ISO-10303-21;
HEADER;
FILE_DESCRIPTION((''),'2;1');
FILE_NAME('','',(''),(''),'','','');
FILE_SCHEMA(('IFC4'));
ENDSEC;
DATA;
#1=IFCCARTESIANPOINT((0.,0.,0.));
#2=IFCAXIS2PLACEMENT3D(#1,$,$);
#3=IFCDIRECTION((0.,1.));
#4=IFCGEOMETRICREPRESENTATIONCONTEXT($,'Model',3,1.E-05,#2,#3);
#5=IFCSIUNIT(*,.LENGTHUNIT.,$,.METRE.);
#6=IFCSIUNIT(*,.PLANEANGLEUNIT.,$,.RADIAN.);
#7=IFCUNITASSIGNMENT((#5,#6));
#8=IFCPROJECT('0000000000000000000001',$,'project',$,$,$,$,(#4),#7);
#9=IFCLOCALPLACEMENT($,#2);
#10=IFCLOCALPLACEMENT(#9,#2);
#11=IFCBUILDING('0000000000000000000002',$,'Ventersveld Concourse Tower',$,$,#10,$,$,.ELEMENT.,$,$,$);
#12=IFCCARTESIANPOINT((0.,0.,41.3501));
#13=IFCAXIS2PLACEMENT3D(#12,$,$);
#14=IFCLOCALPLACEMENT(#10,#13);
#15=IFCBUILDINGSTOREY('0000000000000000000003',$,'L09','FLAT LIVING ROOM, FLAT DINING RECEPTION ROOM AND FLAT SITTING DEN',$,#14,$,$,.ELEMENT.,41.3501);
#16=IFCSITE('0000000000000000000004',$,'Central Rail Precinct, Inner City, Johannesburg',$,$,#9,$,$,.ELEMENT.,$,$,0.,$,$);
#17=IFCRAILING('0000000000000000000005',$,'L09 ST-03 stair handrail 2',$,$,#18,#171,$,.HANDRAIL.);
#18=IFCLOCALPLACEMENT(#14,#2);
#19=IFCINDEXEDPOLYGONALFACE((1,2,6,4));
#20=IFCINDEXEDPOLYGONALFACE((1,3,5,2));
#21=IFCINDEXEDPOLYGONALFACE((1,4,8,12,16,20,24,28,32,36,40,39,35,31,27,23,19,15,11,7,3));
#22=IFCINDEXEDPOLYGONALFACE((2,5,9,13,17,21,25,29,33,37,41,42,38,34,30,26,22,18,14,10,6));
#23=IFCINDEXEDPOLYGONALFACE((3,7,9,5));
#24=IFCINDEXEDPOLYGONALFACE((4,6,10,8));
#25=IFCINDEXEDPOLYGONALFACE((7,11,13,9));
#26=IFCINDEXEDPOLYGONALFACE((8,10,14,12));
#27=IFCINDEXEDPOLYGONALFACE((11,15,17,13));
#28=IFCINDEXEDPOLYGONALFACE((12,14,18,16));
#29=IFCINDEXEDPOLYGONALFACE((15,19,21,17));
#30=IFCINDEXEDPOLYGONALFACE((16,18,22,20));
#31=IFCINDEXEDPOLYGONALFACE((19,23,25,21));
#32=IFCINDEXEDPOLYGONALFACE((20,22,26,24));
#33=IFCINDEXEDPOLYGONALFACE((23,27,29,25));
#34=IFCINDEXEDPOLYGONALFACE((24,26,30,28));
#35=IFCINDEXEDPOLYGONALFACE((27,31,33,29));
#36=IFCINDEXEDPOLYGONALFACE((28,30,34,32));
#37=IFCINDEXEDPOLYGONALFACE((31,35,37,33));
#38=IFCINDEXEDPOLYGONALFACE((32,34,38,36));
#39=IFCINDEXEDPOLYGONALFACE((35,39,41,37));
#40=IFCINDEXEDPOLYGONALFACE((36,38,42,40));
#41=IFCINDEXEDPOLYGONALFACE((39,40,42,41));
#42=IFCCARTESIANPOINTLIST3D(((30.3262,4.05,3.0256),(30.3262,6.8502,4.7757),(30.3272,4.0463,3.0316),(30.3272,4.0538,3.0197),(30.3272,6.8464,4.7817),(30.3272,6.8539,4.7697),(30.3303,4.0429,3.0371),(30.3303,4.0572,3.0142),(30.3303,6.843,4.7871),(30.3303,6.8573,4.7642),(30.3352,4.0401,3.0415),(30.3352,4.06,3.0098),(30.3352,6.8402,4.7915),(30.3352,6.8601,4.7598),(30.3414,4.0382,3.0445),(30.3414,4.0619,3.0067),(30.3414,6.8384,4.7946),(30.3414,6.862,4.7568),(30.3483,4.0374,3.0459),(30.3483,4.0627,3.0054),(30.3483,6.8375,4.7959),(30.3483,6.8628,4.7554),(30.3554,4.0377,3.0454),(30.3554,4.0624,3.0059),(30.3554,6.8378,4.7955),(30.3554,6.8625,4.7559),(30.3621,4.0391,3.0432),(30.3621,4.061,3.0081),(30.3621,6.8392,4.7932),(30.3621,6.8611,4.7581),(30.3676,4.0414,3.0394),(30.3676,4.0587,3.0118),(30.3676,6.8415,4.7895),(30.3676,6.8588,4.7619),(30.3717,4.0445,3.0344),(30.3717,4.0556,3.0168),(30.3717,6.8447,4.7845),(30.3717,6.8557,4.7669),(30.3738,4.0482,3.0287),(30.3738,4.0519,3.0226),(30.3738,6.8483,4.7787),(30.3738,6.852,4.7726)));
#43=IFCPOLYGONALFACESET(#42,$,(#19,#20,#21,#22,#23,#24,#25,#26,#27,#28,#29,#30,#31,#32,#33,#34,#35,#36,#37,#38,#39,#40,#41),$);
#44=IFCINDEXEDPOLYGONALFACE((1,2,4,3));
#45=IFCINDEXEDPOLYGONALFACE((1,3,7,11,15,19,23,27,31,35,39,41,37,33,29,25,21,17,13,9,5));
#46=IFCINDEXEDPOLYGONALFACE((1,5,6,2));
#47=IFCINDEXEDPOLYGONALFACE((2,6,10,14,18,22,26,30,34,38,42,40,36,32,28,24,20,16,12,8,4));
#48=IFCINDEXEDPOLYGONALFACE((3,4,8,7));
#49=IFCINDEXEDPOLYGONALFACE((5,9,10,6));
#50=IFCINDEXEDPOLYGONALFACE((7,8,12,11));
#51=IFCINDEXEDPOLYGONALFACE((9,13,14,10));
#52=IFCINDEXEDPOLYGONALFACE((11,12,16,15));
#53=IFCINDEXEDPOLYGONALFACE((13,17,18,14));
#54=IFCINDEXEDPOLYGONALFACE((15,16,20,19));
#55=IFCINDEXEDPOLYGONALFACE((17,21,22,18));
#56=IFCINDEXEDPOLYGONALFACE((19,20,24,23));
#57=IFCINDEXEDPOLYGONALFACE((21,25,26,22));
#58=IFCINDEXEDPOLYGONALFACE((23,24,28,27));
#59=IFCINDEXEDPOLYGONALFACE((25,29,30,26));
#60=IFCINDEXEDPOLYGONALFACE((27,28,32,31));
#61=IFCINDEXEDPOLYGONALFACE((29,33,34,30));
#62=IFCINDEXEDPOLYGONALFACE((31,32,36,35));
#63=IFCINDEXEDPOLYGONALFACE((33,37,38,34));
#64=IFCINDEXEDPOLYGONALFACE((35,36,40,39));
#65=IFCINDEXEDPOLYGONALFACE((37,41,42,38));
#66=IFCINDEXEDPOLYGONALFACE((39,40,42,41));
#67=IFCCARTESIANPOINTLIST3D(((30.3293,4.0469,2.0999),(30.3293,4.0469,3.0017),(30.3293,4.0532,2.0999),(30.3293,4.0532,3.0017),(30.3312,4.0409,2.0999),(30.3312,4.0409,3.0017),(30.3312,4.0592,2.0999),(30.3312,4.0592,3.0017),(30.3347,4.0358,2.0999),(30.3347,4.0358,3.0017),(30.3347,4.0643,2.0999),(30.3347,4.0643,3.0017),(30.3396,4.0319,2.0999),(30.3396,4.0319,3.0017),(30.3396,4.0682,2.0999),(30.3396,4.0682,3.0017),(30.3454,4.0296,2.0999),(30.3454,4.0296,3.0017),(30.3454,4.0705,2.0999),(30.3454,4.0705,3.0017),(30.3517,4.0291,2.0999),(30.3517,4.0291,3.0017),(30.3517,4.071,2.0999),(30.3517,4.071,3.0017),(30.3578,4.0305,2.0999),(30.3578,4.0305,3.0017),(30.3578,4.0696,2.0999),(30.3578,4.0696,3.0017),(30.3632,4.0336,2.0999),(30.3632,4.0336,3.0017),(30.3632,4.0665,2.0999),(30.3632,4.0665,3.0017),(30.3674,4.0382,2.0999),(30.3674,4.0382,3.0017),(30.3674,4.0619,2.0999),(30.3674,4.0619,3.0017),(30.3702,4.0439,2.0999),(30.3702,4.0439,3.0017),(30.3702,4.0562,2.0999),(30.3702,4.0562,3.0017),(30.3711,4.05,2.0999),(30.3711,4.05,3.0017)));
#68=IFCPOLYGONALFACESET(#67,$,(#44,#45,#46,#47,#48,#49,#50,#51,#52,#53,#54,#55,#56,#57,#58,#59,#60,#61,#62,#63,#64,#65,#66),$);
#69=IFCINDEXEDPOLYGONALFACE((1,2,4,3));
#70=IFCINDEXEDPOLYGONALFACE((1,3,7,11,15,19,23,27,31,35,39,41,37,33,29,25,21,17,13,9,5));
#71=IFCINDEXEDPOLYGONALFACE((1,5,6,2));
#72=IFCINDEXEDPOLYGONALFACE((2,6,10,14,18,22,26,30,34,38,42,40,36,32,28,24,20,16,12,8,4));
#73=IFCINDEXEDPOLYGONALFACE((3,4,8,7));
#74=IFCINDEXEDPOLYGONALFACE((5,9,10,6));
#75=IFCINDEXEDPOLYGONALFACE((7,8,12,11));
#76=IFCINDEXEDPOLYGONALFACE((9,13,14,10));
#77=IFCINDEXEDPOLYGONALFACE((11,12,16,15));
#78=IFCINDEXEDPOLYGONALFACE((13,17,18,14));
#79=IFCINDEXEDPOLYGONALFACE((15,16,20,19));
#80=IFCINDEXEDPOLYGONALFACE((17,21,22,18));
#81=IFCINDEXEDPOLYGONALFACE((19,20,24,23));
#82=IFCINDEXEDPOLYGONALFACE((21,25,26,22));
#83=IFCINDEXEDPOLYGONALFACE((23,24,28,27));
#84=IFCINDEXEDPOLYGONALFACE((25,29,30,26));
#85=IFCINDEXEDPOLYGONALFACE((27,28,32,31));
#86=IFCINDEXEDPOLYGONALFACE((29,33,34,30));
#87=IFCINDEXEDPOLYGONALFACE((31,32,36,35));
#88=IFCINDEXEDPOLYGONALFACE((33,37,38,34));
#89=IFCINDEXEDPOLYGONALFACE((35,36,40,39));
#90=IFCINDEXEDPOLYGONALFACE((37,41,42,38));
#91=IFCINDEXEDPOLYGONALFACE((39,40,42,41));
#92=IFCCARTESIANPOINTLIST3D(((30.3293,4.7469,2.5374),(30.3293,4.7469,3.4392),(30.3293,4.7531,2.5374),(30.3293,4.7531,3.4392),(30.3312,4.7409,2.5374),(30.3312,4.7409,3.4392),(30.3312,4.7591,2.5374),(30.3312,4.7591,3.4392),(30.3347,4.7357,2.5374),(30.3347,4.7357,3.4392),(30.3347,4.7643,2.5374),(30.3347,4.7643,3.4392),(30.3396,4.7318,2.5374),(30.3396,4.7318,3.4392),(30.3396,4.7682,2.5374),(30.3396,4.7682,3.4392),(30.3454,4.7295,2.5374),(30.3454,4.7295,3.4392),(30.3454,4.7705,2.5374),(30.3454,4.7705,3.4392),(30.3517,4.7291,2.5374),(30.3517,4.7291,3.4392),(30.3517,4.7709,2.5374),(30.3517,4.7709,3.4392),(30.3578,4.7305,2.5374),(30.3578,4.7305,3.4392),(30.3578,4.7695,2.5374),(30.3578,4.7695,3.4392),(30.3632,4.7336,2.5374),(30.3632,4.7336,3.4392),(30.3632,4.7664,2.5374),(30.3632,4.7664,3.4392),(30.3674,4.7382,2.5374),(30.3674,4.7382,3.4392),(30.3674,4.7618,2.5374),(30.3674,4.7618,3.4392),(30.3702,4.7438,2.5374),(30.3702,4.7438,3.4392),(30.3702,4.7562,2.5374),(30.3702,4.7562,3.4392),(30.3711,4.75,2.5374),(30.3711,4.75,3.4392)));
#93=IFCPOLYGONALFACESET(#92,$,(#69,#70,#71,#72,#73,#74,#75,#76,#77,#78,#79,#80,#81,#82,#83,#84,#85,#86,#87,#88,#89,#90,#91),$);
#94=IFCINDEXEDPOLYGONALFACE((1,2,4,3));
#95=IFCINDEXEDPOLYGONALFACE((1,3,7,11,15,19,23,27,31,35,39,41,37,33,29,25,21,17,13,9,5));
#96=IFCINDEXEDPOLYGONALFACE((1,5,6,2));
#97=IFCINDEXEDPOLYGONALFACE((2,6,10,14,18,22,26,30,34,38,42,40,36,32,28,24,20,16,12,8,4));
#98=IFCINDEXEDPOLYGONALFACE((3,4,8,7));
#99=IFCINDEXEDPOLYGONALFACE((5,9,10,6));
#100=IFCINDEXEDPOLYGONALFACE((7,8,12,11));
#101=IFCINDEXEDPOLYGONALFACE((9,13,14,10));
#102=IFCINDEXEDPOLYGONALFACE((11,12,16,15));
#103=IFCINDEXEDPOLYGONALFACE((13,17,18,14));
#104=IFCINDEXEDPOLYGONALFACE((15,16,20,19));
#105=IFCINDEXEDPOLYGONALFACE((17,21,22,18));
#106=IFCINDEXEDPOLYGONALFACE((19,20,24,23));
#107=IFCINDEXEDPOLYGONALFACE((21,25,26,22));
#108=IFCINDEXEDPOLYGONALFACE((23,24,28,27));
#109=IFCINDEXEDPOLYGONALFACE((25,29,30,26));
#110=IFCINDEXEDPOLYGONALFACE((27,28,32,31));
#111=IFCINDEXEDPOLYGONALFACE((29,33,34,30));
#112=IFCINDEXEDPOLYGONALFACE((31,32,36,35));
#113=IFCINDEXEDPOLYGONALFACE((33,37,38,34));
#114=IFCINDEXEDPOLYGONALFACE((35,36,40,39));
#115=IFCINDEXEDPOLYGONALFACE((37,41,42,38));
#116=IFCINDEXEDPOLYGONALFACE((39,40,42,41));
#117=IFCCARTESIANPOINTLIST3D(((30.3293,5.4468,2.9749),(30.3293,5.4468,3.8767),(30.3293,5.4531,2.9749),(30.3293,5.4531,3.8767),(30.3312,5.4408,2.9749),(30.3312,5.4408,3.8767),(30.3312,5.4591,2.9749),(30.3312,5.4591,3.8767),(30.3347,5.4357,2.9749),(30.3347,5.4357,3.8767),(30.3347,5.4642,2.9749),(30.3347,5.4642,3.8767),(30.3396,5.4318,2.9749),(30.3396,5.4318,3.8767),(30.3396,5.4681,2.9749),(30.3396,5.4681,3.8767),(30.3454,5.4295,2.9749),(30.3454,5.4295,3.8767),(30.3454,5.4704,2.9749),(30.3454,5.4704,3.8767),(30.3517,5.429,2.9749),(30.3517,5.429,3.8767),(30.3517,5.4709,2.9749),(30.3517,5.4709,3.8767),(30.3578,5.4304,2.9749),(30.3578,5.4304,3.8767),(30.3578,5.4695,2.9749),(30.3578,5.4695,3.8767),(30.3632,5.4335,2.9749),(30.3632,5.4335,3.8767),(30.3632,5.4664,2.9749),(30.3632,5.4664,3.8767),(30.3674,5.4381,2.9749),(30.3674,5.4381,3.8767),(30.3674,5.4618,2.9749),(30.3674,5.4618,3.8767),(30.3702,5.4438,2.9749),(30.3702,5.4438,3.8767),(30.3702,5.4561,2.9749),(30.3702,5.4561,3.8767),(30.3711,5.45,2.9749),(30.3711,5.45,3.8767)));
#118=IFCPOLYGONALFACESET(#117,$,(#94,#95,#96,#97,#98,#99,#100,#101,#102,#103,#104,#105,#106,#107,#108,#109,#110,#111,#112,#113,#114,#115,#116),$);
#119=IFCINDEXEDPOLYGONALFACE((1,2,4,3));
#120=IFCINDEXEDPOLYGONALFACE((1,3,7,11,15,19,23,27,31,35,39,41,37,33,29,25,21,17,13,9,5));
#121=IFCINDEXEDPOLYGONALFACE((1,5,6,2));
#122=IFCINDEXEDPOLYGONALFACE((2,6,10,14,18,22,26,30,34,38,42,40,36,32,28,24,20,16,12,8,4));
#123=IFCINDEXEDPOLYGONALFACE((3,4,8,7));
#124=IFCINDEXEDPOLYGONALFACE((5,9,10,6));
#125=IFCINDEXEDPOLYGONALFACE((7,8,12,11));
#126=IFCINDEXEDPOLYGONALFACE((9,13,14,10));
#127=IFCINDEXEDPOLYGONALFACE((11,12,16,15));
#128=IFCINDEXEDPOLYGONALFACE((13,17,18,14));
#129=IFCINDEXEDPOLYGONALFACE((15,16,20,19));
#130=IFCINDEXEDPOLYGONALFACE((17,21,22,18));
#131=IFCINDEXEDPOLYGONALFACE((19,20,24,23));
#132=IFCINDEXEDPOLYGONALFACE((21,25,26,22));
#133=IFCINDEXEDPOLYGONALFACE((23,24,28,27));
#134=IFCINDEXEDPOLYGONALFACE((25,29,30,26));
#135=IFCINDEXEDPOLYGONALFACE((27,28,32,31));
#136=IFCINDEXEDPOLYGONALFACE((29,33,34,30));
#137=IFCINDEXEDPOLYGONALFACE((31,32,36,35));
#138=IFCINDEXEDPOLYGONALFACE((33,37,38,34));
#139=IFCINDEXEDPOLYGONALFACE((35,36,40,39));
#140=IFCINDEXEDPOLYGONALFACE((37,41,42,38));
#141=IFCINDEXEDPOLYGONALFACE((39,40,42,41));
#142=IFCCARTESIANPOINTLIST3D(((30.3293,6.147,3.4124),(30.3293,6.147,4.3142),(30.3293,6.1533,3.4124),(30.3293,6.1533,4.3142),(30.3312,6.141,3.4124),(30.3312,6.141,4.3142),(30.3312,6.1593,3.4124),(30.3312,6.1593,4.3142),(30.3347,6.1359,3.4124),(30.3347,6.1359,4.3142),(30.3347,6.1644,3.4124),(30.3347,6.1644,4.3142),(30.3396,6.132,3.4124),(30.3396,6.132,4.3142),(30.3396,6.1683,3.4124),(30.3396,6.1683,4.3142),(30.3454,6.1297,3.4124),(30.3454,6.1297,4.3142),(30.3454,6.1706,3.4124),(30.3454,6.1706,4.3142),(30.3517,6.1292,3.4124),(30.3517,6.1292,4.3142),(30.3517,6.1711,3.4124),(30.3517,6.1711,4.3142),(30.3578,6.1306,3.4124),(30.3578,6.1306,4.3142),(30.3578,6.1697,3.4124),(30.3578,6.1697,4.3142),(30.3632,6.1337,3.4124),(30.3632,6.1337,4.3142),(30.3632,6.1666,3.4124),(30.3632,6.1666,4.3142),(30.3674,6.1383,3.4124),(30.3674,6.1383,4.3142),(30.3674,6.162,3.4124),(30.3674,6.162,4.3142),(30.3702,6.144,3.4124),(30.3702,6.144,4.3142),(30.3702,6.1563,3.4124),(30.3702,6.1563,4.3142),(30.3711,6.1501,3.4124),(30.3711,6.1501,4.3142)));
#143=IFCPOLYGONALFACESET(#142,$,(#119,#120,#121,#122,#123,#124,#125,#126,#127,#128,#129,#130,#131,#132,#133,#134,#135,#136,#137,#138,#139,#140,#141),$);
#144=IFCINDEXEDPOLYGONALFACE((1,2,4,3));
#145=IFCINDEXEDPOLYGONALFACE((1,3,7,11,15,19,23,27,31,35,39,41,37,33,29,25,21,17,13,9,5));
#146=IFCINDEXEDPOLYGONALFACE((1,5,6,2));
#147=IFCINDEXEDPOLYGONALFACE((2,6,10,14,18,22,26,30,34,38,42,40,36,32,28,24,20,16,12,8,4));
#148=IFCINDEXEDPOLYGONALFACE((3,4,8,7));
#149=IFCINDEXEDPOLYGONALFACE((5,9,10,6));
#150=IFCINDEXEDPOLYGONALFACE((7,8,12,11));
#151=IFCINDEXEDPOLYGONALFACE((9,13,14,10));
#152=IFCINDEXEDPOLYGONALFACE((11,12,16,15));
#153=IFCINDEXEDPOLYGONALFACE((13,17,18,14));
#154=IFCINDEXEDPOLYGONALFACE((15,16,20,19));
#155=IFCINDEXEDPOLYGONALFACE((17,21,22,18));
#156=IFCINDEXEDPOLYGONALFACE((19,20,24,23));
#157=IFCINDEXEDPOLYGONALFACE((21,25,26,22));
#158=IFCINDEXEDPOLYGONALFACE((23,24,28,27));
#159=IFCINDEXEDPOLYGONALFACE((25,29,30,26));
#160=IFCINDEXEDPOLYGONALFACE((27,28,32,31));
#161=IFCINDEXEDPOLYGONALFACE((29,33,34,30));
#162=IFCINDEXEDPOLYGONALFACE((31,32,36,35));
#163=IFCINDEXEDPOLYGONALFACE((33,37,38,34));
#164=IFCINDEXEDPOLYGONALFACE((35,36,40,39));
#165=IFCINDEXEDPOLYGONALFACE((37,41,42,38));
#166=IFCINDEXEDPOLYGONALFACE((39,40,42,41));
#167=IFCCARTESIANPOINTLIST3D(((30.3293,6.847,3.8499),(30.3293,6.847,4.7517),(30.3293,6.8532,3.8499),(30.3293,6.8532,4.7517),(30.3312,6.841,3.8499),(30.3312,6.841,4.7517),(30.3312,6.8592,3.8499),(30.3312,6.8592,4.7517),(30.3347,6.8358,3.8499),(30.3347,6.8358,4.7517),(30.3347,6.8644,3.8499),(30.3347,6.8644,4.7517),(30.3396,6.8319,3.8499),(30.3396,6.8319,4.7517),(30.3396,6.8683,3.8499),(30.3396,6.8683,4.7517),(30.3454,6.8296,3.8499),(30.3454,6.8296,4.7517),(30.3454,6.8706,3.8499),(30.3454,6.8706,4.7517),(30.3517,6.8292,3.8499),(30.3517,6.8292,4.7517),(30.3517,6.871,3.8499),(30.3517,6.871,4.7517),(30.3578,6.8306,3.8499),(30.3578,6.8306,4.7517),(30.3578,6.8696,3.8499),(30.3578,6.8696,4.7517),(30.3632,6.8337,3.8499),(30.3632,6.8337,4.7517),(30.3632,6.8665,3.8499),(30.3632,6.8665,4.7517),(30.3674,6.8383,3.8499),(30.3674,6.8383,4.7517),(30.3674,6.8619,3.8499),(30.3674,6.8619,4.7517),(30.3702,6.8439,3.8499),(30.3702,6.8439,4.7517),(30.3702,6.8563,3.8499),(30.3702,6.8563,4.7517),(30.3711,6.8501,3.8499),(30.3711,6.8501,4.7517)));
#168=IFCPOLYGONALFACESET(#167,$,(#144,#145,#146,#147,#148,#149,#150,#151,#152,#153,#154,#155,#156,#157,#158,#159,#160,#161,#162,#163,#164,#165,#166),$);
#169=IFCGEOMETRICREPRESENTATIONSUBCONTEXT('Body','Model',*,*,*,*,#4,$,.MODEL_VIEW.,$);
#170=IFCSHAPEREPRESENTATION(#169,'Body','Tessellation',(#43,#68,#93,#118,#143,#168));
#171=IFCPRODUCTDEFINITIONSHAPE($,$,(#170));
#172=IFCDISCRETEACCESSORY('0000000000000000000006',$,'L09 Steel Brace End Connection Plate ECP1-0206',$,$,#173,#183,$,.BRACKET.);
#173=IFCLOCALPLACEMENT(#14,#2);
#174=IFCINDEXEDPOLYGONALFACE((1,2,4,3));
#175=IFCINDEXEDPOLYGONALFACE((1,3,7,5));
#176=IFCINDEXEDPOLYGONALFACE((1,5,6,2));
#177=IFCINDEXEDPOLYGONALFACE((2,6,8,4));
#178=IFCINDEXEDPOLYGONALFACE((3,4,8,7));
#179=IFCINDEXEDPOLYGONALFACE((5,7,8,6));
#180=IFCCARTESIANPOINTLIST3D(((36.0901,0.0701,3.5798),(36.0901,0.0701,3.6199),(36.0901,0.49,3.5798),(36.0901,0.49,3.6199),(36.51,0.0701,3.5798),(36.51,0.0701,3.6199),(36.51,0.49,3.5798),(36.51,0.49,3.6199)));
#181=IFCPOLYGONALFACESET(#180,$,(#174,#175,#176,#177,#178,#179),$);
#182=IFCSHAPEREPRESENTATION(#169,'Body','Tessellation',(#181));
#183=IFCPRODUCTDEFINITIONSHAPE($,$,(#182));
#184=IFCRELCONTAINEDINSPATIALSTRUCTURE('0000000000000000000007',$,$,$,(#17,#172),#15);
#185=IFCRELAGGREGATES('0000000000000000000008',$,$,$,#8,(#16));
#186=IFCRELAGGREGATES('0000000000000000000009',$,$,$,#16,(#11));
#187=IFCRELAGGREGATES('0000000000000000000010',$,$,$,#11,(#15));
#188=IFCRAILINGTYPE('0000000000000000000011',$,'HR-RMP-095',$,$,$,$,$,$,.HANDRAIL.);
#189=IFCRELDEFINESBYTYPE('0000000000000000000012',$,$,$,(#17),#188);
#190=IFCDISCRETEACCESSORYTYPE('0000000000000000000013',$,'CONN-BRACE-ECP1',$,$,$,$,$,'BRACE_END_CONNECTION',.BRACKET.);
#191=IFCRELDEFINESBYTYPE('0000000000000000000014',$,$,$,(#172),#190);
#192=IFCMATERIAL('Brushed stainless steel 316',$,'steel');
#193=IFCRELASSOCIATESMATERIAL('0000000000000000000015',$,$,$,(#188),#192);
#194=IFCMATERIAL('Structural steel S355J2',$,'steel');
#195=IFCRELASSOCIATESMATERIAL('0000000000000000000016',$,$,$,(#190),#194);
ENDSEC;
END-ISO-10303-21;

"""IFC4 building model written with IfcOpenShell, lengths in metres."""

from ifc_helpers import new_model, si_unit, direction, frame, origin, origin_2d, place, context, subcontext, project, spatial, rectangle, circle, extrude, material, type_object, element, save


model = new_model("IFC4")

# Units and contexts
model_context = context("Model", 3, precision=1e-05, world=origin(), true_north=direction((0.0, 1.0)))
body_context = subcontext(model_context, "Body", "Model", "MODEL_VIEW")
ifc_project = project(units=[si_unit("LENGTHUNIT", "METRE"), si_unit("PLANEANGLEUNIT", "RADIAN")], contexts=[model_context])

# Site, building, storey
site_placement = place(None, origin())
site = spatial("IfcSite", under=ifc_project, at=site_placement, Name="Central Rail Precinct, Inner City, Johannesburg", CompositionType="ELEMENT", RefElevation=0.0)
building_placement = place(site_placement, origin())
building = spatial("IfcBuilding", under=site, at=building_placement, Name="Ventersveld Concourse Tower", CompositionType="ELEMENT")
storey_placement = place(building_placement, frame((0.0, 0.0, 41.3501)))
storey = spatial("IfcBuildingStorey", under=building, at=storey_placement, Name="L09", Description="FLAT LIVING ROOM, FLAT DINING RECEPTION ROOM AND FLAT SITTING DEN", CompositionType="ELEMENT", Elevation=41.3501)

# Shared definitions
ifc_material_1 = material(Name="Structural steel S355J2", Category="steel")

# Railing
ifc_material_2 = material(Name="Brushed stainless steel 316", Category="steel")
railing_type_1 = type_object("IfcRailingType", Name="HR-RMP-095", PredefinedType="HANDRAIL", material=ifc_material_2)
railing_1_placement = place(storey_placement, frame((30.3501, 4.05, 2.0999)))
element("IfcRailing", 1, at=railing_1_placement, inside=storey, type_object=railing_type_1, Name="L09 ST-03 stair handrail 2", PredefinedType="HANDRAIL", context=body_context, shape_type="SweptSolid", body=[
    extrude(circle(Radius=0.0239, at=origin_2d()), frame((0.0, 0.0, 0.9258), z_axis=(0.0, 0.848002, 0.529992), x_axis=(-1.0, 0.0, 0.0)), (0.0, 0.0, 1.0), 3.302),
    extrude(circle(Radius=0.021, at=origin_2d()), origin(), (0.0, 0.0, 1.0), 0.9019),
    extrude(circle(Radius=0.021, at=origin_2d()), frame((0.0, 0.7, 0.4375)), (0.0, 0.0, 1.0), 0.9019),
    extrude(circle(Radius=0.021, at=origin_2d()), frame((0.0, 1.3999, 0.875)), (0.0, 0.0, 1.0), 0.9019),
    extrude(circle(Radius=0.021, at=origin_2d()), frame((0.0, 2.1001, 1.3125)), (0.0, 0.0, 1.0), 0.9019),
    extrude(circle(Radius=0.021, at=origin_2d()), frame((0.0, 2.8, 1.75)), (0.0, 0.0, 1.0), 0.9019),
])

# Discrete accessory
discrete_accessory_type = type_object("IfcDiscreteAccessoryType", Name="CONN-BRACE-ECP1", ElementType="BRACE_END_CONNECTION", PredefinedType="BRACKET", material=ifc_material_1)
discrete_accessory_placement = place(storey_placement, frame((36.3, 0.28, 3.5798), z_axis=(0.0, 0.0, 1.0), x_axis=(1.0, 0.0, 0.0)))
element("IfcDiscreteAccessory", 2, at=discrete_accessory_placement, inside=storey, type_object=discrete_accessory_type, Name="L09 Steel Brace End Connection Plate ECP1-0206", PredefinedType="BRACKET", context=body_context, shape_type="SweptSolid", body=[
    extrude(rectangle(XDim=0.4199, YDim=0.4199, at=origin_2d()), origin(), (0.0, 0.0, 1.0), 0.04),
])

save(model, "model.ifc")
